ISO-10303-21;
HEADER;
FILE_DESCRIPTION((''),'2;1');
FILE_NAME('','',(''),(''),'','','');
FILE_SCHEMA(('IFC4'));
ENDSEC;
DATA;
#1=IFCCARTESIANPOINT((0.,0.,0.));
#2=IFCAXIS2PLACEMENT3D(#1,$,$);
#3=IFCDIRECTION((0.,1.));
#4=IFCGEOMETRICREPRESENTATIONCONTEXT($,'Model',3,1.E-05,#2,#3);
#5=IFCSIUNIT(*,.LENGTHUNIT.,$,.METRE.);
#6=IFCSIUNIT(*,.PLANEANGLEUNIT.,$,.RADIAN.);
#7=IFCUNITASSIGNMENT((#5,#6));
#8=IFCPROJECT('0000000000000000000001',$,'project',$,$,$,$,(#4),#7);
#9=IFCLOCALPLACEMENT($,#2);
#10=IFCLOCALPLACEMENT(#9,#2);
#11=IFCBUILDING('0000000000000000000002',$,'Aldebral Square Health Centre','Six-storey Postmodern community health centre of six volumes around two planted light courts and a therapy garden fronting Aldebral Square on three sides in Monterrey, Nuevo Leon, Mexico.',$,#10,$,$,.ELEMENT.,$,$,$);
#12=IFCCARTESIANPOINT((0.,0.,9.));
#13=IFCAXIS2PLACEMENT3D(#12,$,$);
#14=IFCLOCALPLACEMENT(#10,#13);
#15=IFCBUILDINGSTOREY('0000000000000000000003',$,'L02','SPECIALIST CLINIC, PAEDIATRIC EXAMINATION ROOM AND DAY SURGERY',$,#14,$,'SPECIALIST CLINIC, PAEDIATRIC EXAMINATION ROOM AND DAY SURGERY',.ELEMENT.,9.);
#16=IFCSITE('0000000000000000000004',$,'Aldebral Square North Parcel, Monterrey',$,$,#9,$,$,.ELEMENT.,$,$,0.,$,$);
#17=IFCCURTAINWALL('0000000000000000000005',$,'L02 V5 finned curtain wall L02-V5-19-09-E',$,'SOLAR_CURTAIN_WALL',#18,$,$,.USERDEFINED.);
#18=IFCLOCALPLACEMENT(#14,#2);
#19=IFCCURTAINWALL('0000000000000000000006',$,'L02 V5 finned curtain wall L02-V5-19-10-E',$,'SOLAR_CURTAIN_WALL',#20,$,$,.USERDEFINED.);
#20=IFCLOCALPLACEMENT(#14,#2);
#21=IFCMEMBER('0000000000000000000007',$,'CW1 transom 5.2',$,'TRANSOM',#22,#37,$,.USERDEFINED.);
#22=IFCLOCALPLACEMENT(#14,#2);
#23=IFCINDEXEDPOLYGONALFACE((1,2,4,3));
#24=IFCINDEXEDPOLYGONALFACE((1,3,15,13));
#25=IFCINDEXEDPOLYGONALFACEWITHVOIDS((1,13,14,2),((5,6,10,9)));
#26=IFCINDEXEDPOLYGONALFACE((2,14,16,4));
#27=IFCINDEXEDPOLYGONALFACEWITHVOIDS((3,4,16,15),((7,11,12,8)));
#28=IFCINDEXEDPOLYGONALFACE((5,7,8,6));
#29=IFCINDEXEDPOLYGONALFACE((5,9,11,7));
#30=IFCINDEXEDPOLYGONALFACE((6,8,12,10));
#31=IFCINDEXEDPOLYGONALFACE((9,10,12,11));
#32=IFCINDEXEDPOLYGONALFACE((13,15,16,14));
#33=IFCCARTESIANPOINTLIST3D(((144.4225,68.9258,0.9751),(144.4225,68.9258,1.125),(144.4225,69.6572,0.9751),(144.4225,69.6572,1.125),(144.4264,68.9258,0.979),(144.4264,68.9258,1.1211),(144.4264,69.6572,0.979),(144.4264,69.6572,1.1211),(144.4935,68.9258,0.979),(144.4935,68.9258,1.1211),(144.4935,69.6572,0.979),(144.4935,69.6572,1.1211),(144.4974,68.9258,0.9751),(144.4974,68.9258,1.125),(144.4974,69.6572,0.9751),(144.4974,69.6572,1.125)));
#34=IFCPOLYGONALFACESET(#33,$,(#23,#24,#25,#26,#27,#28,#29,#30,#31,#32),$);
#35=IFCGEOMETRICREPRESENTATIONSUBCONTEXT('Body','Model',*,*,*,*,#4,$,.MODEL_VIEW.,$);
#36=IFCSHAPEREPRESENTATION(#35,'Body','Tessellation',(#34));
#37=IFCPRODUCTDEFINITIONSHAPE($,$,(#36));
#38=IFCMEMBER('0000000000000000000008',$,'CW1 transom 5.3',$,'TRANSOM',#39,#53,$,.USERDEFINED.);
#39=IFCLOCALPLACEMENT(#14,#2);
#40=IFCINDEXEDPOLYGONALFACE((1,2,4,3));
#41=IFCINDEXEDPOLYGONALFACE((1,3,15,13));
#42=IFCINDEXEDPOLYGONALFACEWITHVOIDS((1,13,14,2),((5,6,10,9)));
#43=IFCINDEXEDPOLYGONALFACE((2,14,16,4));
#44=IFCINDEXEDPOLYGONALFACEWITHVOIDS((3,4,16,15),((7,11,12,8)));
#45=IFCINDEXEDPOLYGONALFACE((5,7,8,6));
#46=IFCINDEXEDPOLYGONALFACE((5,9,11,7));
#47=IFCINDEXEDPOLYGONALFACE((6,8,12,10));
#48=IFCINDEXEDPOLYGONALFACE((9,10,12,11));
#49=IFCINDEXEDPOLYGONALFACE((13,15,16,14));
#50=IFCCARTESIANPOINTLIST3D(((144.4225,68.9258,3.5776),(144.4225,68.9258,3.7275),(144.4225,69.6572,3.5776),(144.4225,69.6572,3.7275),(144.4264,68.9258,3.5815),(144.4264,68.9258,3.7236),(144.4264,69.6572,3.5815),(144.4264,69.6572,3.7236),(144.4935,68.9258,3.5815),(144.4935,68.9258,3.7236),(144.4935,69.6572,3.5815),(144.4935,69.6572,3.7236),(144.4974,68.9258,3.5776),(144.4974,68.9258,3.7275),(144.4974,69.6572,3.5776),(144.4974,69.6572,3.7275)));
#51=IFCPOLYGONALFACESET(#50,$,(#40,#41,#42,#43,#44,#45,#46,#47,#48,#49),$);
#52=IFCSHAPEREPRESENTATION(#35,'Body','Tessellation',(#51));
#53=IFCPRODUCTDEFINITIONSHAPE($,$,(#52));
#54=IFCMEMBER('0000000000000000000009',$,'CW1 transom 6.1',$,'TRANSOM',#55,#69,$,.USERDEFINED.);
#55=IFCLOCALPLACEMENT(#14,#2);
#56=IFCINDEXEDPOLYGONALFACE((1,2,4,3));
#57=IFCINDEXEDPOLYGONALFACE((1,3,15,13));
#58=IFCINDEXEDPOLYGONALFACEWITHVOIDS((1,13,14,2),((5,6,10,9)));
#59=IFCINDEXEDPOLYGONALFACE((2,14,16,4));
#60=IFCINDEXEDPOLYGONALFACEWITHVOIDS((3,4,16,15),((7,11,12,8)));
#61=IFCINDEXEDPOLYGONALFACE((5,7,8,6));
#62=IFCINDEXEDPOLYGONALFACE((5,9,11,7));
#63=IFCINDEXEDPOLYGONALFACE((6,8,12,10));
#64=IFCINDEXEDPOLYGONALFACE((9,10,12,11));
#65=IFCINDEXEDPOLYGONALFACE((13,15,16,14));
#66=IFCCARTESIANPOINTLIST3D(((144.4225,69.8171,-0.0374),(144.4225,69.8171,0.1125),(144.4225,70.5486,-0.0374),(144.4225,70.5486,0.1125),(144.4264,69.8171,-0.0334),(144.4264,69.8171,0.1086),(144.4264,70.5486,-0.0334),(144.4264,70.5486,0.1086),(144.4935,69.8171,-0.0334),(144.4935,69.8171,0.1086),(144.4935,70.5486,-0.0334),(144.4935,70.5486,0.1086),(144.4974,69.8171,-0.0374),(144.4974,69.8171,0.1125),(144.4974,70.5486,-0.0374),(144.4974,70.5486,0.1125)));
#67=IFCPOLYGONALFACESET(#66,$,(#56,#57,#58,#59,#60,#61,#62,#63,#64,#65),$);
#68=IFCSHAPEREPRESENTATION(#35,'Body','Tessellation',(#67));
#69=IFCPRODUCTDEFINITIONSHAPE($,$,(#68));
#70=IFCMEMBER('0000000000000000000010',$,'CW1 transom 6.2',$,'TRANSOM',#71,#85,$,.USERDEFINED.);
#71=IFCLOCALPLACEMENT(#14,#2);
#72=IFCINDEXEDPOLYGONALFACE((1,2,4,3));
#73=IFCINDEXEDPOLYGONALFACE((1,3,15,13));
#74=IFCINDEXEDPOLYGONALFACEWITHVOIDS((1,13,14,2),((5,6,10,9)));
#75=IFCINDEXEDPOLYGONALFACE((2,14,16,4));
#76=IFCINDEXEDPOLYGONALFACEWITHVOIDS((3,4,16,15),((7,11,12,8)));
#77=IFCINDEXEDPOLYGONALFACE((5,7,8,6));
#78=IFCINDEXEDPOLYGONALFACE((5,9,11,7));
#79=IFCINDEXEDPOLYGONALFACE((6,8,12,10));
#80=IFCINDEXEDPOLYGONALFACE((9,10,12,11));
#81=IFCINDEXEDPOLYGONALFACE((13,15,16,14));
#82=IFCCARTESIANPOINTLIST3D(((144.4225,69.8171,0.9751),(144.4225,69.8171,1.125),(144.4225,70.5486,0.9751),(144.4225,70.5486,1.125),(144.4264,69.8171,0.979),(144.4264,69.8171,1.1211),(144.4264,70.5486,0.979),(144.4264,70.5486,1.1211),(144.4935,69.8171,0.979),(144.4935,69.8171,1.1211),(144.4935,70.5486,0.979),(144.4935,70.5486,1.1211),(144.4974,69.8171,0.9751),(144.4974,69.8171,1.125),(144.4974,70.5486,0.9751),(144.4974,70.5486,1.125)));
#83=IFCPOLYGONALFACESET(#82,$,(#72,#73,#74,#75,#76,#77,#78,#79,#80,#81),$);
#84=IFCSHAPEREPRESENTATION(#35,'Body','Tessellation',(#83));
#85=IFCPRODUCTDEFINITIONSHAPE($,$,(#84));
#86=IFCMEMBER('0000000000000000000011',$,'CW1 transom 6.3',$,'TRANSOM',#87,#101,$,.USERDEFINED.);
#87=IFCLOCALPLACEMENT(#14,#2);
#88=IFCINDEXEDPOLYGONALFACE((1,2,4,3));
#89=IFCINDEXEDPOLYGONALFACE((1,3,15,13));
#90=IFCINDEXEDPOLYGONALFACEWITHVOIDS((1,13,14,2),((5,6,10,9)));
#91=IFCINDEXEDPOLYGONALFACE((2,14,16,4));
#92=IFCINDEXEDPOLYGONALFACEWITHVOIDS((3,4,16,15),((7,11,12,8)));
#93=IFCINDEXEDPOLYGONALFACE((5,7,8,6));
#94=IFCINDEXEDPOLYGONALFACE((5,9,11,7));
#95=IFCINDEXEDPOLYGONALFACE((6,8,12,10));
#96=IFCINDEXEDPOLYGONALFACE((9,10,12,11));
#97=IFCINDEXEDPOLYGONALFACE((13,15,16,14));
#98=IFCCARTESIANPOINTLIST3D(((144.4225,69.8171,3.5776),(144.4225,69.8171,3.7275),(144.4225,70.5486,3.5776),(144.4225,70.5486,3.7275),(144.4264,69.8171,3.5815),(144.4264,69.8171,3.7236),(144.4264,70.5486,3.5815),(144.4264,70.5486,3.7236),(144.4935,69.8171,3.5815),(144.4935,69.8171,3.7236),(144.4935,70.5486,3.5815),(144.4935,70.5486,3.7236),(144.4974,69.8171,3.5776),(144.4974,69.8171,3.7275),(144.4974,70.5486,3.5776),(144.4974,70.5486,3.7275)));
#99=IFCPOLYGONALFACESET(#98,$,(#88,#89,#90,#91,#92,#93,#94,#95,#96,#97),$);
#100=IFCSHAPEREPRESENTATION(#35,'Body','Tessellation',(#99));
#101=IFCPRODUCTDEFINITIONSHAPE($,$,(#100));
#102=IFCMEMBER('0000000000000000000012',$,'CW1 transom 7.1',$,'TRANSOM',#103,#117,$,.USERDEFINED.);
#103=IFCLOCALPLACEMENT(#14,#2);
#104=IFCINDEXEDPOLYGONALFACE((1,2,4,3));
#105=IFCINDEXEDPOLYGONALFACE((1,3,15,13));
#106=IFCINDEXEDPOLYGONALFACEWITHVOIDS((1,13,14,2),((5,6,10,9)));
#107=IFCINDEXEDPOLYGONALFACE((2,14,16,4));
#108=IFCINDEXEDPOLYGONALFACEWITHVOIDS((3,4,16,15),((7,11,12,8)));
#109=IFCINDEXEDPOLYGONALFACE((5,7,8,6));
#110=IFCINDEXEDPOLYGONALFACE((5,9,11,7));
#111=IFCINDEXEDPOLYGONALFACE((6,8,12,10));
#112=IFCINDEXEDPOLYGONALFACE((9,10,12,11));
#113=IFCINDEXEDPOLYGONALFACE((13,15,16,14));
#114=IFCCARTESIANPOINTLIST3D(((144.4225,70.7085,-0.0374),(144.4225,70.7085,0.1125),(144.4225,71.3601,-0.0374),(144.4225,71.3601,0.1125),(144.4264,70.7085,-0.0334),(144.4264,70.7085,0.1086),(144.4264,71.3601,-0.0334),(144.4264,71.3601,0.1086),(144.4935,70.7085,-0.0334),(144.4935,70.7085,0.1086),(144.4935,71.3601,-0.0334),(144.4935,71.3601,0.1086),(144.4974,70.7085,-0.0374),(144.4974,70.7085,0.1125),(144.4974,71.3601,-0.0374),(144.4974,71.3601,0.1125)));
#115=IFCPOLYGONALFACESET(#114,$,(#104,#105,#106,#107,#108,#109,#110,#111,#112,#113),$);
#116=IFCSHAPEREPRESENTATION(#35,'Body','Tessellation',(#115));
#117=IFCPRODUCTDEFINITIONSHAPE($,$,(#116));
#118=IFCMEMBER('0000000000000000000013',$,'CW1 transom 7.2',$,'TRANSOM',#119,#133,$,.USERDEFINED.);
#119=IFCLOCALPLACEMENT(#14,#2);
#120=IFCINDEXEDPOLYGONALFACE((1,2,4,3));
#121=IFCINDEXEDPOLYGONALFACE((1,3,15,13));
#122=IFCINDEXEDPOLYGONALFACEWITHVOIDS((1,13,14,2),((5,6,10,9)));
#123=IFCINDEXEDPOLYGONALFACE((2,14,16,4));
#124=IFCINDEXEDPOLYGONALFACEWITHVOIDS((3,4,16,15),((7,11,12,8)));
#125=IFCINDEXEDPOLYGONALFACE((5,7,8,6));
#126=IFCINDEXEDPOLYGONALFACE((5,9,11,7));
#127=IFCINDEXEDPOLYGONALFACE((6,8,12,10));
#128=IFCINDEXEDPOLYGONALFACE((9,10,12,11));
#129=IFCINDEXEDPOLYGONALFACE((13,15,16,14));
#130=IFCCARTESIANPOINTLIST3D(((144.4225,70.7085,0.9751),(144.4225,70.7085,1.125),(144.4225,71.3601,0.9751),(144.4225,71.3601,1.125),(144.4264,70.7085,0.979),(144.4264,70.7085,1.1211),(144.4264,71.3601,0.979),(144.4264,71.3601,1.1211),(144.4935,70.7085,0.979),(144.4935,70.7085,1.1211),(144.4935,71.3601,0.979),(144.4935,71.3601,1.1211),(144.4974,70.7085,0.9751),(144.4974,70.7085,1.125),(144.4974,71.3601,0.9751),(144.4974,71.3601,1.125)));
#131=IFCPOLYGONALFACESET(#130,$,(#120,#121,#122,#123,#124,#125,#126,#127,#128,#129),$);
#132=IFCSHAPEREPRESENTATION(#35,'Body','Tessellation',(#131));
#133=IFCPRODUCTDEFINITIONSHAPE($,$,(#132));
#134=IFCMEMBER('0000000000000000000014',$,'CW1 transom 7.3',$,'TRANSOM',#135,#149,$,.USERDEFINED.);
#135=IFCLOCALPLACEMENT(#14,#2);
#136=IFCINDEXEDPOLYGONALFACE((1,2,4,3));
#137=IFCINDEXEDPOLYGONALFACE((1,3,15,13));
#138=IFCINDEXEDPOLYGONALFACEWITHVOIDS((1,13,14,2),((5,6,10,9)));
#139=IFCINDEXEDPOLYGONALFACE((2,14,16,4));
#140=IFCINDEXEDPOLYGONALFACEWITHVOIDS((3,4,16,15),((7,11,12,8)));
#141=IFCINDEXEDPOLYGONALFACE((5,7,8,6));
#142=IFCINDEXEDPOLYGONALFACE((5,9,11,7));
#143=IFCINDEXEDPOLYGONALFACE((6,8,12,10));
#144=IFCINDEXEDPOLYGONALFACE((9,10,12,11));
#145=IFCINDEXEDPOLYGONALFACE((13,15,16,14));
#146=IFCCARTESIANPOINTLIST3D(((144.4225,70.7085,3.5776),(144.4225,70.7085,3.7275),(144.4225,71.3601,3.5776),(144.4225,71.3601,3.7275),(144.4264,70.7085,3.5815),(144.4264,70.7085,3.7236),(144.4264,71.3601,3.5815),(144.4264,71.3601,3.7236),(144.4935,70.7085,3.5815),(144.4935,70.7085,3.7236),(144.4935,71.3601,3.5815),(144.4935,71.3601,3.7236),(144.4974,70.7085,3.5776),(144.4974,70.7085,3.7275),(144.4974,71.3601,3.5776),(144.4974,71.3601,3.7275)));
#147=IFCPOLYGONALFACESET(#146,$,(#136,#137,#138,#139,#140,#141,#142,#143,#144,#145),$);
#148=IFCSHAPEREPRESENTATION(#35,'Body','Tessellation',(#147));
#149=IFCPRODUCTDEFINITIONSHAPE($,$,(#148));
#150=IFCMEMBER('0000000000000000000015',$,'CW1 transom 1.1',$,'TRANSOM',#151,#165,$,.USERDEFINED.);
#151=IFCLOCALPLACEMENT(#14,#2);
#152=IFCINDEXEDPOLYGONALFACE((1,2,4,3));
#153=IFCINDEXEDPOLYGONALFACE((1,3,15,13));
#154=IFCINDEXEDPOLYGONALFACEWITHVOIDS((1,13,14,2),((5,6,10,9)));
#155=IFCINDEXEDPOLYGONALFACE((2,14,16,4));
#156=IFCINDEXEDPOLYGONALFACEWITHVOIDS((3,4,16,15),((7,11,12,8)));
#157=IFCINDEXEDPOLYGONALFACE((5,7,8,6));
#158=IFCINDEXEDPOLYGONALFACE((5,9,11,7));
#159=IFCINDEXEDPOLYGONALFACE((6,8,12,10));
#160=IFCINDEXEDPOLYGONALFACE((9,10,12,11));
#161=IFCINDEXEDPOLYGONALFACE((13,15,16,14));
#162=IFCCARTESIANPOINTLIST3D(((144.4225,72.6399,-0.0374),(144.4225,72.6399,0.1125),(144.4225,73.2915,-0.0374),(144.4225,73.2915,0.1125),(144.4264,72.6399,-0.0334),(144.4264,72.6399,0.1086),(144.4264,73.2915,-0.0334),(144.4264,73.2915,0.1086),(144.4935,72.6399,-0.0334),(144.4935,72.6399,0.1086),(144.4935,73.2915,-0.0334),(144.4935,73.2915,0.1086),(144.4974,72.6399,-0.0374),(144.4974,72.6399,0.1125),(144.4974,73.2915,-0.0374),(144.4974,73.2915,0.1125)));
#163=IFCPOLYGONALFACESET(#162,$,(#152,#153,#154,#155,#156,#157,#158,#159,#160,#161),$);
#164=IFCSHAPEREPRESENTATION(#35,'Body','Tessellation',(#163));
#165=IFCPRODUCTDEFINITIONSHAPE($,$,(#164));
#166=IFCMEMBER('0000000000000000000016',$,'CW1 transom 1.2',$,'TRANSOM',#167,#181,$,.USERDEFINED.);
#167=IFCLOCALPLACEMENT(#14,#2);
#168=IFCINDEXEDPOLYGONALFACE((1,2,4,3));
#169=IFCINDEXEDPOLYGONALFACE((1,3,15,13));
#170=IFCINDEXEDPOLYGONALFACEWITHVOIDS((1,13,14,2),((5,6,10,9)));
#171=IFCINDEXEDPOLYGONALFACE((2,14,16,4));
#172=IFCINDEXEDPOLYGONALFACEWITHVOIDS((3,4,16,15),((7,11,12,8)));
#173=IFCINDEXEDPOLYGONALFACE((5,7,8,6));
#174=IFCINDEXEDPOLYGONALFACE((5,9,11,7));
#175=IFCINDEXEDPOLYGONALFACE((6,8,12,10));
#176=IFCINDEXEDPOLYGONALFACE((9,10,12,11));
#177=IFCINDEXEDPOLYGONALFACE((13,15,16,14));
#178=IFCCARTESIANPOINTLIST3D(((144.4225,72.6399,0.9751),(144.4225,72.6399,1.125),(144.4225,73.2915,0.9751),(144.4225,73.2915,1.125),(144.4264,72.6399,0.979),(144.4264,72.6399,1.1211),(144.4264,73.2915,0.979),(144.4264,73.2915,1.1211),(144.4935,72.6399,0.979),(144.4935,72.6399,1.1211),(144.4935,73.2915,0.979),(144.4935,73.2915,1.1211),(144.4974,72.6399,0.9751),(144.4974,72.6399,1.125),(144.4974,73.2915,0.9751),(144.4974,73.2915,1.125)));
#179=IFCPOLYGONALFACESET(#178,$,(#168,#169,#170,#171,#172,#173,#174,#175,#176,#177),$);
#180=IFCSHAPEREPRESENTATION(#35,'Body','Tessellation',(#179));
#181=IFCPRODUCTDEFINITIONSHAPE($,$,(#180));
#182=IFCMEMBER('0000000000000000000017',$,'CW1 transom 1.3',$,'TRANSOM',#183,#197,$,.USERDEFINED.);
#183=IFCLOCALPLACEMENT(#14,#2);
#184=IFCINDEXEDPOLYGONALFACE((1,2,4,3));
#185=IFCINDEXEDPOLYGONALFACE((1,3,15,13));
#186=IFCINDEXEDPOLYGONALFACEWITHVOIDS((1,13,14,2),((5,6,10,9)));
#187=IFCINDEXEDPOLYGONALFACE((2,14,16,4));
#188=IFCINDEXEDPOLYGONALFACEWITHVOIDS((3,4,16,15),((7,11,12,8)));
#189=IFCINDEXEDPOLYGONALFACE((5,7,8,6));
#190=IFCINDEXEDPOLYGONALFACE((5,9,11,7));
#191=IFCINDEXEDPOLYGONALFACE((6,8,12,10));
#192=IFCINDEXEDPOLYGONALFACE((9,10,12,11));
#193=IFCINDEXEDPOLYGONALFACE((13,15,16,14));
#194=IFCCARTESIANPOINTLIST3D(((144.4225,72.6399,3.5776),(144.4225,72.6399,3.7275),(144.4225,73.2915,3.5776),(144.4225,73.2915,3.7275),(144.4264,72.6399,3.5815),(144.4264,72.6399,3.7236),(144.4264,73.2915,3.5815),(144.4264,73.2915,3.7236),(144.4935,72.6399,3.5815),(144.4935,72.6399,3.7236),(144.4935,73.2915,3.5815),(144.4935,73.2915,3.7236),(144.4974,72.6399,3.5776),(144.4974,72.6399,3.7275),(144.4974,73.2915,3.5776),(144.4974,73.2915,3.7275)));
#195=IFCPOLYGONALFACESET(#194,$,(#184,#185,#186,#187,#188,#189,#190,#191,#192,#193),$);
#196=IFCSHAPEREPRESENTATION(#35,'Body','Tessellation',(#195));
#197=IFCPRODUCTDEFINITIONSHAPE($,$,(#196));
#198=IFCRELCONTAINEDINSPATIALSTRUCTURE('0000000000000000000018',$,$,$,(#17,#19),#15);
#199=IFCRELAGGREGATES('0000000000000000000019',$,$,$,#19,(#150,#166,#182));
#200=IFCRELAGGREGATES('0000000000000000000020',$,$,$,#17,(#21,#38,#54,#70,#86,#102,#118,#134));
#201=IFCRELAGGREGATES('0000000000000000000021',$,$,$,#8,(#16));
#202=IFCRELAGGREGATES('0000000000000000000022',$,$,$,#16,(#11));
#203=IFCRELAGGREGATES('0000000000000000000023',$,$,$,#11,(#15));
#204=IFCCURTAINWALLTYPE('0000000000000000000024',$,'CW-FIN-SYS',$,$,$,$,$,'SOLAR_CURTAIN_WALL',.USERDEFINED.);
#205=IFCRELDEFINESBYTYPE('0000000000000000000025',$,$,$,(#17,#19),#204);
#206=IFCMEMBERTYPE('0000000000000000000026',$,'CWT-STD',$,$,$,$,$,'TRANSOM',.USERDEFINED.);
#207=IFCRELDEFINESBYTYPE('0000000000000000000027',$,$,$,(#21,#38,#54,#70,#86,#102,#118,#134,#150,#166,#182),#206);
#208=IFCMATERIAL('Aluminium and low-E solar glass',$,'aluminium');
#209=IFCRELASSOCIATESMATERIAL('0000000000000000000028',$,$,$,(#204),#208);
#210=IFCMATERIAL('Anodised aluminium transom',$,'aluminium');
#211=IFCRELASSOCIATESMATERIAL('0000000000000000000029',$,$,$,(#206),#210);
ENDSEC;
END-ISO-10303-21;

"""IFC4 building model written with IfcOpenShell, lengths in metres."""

from ifc_helpers import new_model, si_unit, direction, frame, origin, origin_2d, place, context, subcontext, project, spatial, hollow_rectangle, extrude, material, material_profile, profile_set, type_object, element, aggregate, save


model = new_model("IFC4")

# Units and contexts
model_context = context("Model", 3, precision=1e-05, world=origin(), true_north=direction((0.0, 1.0)))
body_context = subcontext(model_context, "Body", "Model", "MODEL_VIEW")
ifc_project = project(units=[si_unit("LENGTHUNIT", "METRE"), si_unit("PLANEANGLEUNIT", "RADIAN")], contexts=[model_context])

# Site, building, storey
site_placement = place(None, origin())
site = spatial("IfcSite", under=ifc_project, at=site_placement, Name="Aldebral Square North Parcel, Monterrey", CompositionType="ELEMENT", RefElevation=0.0)
building_placement = place(site_placement, origin())
building = spatial("IfcBuilding", under=site, at=building_placement, Name="Aldebral Square Health Centre", Description="Six-storey Postmodern community health centre of six volumes around two planted light courts and a therapy garden fronting Aldebral Square on three sides in Monterrey, Nuevo Leon, Mexico.", CompositionType="ELEMENT")
storey_placement = place(building_placement, frame((0.0, 0.0, 9.0)))
storey = spatial("IfcBuildingStorey", under=building, at=storey_placement, Name="L02", Description="SPECIALIST CLINIC, PAEDIATRIC EXAMINATION ROOM AND DAY SURGERY", LongName="SPECIALIST CLINIC, PAEDIATRIC EXAMINATION ROOM AND DAY SURGERY", CompositionType="ELEMENT", Elevation=9.0)

# Curtain wall
ifc_material_1 = material(Name="Aluminium and low-E solar glass", Category="aluminium")
curtain_wall_type = type_object("IfcCurtainWallType", Name="CW-FIN-SYS", ElementType="SOLAR_CURTAIN_WALL", PredefinedType="USERDEFINED", material=ifc_material_1)
curtain_wall_1_placement = place(storey_placement, origin())
curtain_wall_1 = element("IfcCurtainWall", 1, at=curtain_wall_1_placement, inside=storey, type_object=curtain_wall_type, Name="L02 V5 finned curtain wall L02-V5-19-09-E", ObjectType="SOLAR_CURTAIN_WALL", PredefinedType="USERDEFINED")

# Curtain wall
curtain_wall_2_placement = place(storey_placement, origin())
curtain_wall_2 = element("IfcCurtainWall", 2, at=curtain_wall_2_placement, inside=storey, type_object=curtain_wall_type, Name="L02 V5 finned curtain wall L02-V5-19-10-E", ObjectType="SOLAR_CURTAIN_WALL", PredefinedType="USERDEFINED")

# Members
ifc_material_2 = material(Name="Anodised aluminium transom", Category="aluminium")
ifc_material_profile_1 = material_profile(ifc_material_2, hollow_rectangle(XDim=0.075, YDim=0.1499, WallThickness=0.0039, at=origin_2d()), Name="CWT 75x150x4")
ifc_profile_set_1 = profile_set([ifc_material_profile_1], Name="Anodised aluminium transom")
member_type_1 = type_object("IfcMemberType", Name="CWT-STD", ElementType="TRANSOM", PredefinedType="USERDEFINED", material=ifc_profile_set_1)
member_1_placement = place(storey_placement, frame((144.46, 68.9258, 1.05), z_axis=(0.0, 1.0, 0.0), x_axis=(-1.0, 0.0, 0.0)))
member_1 = element("IfcMember", 3, at=member_1_placement, type_object=member_type_1, Name="CW1 transom 5.2", ObjectType="TRANSOM", PredefinedType="USERDEFINED", context=body_context, shape_type="SweptSolid", body=[
    extrude(hollow_rectangle(XDim=0.075, YDim=0.1499, WallThickness=0.0039, at=origin_2d()), origin(), (0.0, 0.0, 1.0), 0.7314),
])
member_2_placement = place(storey_placement, frame((144.46, 68.9258, 3.6526), z_axis=(0.0, 1.0, 0.0), x_axis=(-1.0, 0.0, 0.0)))
member_2 = element("IfcMember", 4, at=member_2_placement, type_object=member_type_1, Name="CW1 transom 5.3", ObjectType="TRANSOM", PredefinedType="USERDEFINED", context=body_context, shape_type="SweptSolid", body=[
    extrude(hollow_rectangle(XDim=0.075, YDim=0.1499, WallThickness=0.0039, at=origin_2d()), origin(), (0.0, 0.0, 1.0), 0.7314),
])
member_3_placement = place(storey_placement, frame((144.46, 69.8171, 0.0376), z_axis=(0.0, 1.0, 0.0), x_axis=(-1.0, 0.0, 0.0)))
member_3 = element("IfcMember", 5, at=member_3_placement, type_object=member_type_1, Name="CW1 transom 6.1", ObjectType="TRANSOM", PredefinedType="USERDEFINED", context=body_context, shape_type="SweptSolid", body=[
    extrude(hollow_rectangle(XDim=0.075, YDim=0.1499, WallThickness=0.0039, at=origin_2d()), origin(), (0.0, 0.0, 1.0), 0.7314),
])
member_4_placement = place(storey_placement, frame((144.46, 69.8171, 1.05), z_axis=(0.0, 1.0, 0.0), x_axis=(-1.0, 0.0, 0.0)))
member_4 = element("IfcMember", 6, at=member_4_placement, type_object=member_type_1, Name="CW1 transom 6.2", ObjectType="TRANSOM", PredefinedType="USERDEFINED", context=body_context, shape_type="SweptSolid", body=[
    extrude(hollow_rectangle(XDim=0.075, YDim=0.1499, WallThickness=0.0039, at=origin_2d()), origin(), (0.0, 0.0, 1.0), 0.7314),
])
member_5_placement = place(storey_placement, frame((144.46, 69.8171, 3.6526), z_axis=(0.0, 1.0, 0.0), x_axis=(-1.0, 0.0, 0.0)))
member_5 = element("IfcMember", 7, at=member_5_placement, type_object=member_type_1, Name="CW1 transom 6.3", ObjectType="TRANSOM", PredefinedType="USERDEFINED", context=body_context, shape_type="SweptSolid", body=[
    extrude(hollow_rectangle(XDim=0.075, YDim=0.1499, WallThickness=0.0039, at=origin_2d()), origin(), (0.0, 0.0, 1.0), 0.7314),
])
member_6_placement = place(storey_placement, frame((144.46, 70.7085, 0.0376), z_axis=(0.0, 1.0, 0.0), x_axis=(-1.0, 0.0, 0.0)))
member_6 = element("IfcMember", 8, at=member_6_placement, type_object=member_type_1, Name="CW1 transom 7.1", ObjectType="TRANSOM", PredefinedType="USERDEFINED", context=body_context, shape_type="SweptSolid", body=[
    extrude(hollow_rectangle(XDim=0.075, YDim=0.1499, WallThickness=0.0039, at=origin_2d()), origin(), (0.0, 0.0, 1.0), 0.6516),
])
member_7_placement = place(storey_placement, frame((144.46, 70.7085, 1.05), z_axis=(0.0, 1.0, 0.0), x_axis=(-1.0, 0.0, 0.0)))
member_7 = element("IfcMember", 9, at=member_7_placement, type_object=member_type_1, Name="CW1 transom 7.2", ObjectType="TRANSOM", PredefinedType="USERDEFINED", context=body_context, shape_type="SweptSolid", body=[
    extrude(hollow_rectangle(XDim=0.075, YDim=0.1499, WallThickness=0.0039, at=origin_2d()), origin(), (0.0, 0.0, 1.0), 0.6516),
])
member_8_placement = place(storey_placement, frame((144.46, 70.7085, 3.6526), z_axis=(0.0, 1.0, 0.0), x_axis=(-1.0, 0.0, 0.0)))
member_8 = element("IfcMember", 10, at=member_8_placement, type_object=member_type_1, Name="CW1 transom 7.3", ObjectType="TRANSOM", PredefinedType="USERDEFINED", context=body_context, shape_type="SweptSolid", body=[
    extrude(hollow_rectangle(XDim=0.075, YDim=0.1499, WallThickness=0.0039, at=origin_2d()), origin(), (0.0, 0.0, 1.0), 0.6516),
])
member_9_placement = place(storey_placement, frame((144.46, 72.6399, 0.0376), z_axis=(0.0, 1.0, 0.0), x_axis=(-1.0, 0.0, 0.0)))
member_9 = element("IfcMember", 11, at=member_9_placement, type_object=member_type_1, Name="CW1 transom 1.1", ObjectType="TRANSOM", PredefinedType="USERDEFINED", context=body_context, shape_type="SweptSolid", body=[
    extrude(hollow_rectangle(XDim=0.075, YDim=0.1499, WallThickness=0.0039, at=origin_2d()), origin(), (0.0, 0.0, 1.0), 0.6516),
])
member_10_placement = place(storey_placement, frame((144.46, 72.6399, 1.05), z_axis=(0.0, 1.0, 0.0), x_axis=(-1.0, 0.0, 0.0)))
member_10 = element("IfcMember", 12, at=member_10_placement, type_object=member_type_1, Name="CW1 transom 1.2", ObjectType="TRANSOM", PredefinedType="USERDEFINED", context=body_context, shape_type="SweptSolid", body=[
    extrude(hollow_rectangle(XDim=0.075, YDim=0.1499, WallThickness=0.0039, at=origin_2d()), origin(), (0.0, 0.0, 1.0), 0.6516),
])
member_11_placement = place(storey_placement, frame((144.46, 72.6399, 3.6526), z_axis=(0.0, 1.0, 0.0), x_axis=(-1.0, 0.0, 0.0)))
member_11 = element("IfcMember", 13, at=member_11_placement, type_object=member_type_1, Name="CW1 transom 1.3", ObjectType="TRANSOM", PredefinedType="USERDEFINED", context=body_context, shape_type="SweptSolid", body=[
    extrude(hollow_rectangle(XDim=0.075, YDim=0.1499, WallThickness=0.0039, at=origin_2d()), origin(), (0.0, 0.0, 1.0), 0.6516),
])

aggregate(curtain_wall_2, [member_9, member_10, member_11])
aggregate(curtain_wall_1, [member_1, member_2, member_3, member_4, member_5, member_6, member_7, member_8])

save(model, "model.ifc")
